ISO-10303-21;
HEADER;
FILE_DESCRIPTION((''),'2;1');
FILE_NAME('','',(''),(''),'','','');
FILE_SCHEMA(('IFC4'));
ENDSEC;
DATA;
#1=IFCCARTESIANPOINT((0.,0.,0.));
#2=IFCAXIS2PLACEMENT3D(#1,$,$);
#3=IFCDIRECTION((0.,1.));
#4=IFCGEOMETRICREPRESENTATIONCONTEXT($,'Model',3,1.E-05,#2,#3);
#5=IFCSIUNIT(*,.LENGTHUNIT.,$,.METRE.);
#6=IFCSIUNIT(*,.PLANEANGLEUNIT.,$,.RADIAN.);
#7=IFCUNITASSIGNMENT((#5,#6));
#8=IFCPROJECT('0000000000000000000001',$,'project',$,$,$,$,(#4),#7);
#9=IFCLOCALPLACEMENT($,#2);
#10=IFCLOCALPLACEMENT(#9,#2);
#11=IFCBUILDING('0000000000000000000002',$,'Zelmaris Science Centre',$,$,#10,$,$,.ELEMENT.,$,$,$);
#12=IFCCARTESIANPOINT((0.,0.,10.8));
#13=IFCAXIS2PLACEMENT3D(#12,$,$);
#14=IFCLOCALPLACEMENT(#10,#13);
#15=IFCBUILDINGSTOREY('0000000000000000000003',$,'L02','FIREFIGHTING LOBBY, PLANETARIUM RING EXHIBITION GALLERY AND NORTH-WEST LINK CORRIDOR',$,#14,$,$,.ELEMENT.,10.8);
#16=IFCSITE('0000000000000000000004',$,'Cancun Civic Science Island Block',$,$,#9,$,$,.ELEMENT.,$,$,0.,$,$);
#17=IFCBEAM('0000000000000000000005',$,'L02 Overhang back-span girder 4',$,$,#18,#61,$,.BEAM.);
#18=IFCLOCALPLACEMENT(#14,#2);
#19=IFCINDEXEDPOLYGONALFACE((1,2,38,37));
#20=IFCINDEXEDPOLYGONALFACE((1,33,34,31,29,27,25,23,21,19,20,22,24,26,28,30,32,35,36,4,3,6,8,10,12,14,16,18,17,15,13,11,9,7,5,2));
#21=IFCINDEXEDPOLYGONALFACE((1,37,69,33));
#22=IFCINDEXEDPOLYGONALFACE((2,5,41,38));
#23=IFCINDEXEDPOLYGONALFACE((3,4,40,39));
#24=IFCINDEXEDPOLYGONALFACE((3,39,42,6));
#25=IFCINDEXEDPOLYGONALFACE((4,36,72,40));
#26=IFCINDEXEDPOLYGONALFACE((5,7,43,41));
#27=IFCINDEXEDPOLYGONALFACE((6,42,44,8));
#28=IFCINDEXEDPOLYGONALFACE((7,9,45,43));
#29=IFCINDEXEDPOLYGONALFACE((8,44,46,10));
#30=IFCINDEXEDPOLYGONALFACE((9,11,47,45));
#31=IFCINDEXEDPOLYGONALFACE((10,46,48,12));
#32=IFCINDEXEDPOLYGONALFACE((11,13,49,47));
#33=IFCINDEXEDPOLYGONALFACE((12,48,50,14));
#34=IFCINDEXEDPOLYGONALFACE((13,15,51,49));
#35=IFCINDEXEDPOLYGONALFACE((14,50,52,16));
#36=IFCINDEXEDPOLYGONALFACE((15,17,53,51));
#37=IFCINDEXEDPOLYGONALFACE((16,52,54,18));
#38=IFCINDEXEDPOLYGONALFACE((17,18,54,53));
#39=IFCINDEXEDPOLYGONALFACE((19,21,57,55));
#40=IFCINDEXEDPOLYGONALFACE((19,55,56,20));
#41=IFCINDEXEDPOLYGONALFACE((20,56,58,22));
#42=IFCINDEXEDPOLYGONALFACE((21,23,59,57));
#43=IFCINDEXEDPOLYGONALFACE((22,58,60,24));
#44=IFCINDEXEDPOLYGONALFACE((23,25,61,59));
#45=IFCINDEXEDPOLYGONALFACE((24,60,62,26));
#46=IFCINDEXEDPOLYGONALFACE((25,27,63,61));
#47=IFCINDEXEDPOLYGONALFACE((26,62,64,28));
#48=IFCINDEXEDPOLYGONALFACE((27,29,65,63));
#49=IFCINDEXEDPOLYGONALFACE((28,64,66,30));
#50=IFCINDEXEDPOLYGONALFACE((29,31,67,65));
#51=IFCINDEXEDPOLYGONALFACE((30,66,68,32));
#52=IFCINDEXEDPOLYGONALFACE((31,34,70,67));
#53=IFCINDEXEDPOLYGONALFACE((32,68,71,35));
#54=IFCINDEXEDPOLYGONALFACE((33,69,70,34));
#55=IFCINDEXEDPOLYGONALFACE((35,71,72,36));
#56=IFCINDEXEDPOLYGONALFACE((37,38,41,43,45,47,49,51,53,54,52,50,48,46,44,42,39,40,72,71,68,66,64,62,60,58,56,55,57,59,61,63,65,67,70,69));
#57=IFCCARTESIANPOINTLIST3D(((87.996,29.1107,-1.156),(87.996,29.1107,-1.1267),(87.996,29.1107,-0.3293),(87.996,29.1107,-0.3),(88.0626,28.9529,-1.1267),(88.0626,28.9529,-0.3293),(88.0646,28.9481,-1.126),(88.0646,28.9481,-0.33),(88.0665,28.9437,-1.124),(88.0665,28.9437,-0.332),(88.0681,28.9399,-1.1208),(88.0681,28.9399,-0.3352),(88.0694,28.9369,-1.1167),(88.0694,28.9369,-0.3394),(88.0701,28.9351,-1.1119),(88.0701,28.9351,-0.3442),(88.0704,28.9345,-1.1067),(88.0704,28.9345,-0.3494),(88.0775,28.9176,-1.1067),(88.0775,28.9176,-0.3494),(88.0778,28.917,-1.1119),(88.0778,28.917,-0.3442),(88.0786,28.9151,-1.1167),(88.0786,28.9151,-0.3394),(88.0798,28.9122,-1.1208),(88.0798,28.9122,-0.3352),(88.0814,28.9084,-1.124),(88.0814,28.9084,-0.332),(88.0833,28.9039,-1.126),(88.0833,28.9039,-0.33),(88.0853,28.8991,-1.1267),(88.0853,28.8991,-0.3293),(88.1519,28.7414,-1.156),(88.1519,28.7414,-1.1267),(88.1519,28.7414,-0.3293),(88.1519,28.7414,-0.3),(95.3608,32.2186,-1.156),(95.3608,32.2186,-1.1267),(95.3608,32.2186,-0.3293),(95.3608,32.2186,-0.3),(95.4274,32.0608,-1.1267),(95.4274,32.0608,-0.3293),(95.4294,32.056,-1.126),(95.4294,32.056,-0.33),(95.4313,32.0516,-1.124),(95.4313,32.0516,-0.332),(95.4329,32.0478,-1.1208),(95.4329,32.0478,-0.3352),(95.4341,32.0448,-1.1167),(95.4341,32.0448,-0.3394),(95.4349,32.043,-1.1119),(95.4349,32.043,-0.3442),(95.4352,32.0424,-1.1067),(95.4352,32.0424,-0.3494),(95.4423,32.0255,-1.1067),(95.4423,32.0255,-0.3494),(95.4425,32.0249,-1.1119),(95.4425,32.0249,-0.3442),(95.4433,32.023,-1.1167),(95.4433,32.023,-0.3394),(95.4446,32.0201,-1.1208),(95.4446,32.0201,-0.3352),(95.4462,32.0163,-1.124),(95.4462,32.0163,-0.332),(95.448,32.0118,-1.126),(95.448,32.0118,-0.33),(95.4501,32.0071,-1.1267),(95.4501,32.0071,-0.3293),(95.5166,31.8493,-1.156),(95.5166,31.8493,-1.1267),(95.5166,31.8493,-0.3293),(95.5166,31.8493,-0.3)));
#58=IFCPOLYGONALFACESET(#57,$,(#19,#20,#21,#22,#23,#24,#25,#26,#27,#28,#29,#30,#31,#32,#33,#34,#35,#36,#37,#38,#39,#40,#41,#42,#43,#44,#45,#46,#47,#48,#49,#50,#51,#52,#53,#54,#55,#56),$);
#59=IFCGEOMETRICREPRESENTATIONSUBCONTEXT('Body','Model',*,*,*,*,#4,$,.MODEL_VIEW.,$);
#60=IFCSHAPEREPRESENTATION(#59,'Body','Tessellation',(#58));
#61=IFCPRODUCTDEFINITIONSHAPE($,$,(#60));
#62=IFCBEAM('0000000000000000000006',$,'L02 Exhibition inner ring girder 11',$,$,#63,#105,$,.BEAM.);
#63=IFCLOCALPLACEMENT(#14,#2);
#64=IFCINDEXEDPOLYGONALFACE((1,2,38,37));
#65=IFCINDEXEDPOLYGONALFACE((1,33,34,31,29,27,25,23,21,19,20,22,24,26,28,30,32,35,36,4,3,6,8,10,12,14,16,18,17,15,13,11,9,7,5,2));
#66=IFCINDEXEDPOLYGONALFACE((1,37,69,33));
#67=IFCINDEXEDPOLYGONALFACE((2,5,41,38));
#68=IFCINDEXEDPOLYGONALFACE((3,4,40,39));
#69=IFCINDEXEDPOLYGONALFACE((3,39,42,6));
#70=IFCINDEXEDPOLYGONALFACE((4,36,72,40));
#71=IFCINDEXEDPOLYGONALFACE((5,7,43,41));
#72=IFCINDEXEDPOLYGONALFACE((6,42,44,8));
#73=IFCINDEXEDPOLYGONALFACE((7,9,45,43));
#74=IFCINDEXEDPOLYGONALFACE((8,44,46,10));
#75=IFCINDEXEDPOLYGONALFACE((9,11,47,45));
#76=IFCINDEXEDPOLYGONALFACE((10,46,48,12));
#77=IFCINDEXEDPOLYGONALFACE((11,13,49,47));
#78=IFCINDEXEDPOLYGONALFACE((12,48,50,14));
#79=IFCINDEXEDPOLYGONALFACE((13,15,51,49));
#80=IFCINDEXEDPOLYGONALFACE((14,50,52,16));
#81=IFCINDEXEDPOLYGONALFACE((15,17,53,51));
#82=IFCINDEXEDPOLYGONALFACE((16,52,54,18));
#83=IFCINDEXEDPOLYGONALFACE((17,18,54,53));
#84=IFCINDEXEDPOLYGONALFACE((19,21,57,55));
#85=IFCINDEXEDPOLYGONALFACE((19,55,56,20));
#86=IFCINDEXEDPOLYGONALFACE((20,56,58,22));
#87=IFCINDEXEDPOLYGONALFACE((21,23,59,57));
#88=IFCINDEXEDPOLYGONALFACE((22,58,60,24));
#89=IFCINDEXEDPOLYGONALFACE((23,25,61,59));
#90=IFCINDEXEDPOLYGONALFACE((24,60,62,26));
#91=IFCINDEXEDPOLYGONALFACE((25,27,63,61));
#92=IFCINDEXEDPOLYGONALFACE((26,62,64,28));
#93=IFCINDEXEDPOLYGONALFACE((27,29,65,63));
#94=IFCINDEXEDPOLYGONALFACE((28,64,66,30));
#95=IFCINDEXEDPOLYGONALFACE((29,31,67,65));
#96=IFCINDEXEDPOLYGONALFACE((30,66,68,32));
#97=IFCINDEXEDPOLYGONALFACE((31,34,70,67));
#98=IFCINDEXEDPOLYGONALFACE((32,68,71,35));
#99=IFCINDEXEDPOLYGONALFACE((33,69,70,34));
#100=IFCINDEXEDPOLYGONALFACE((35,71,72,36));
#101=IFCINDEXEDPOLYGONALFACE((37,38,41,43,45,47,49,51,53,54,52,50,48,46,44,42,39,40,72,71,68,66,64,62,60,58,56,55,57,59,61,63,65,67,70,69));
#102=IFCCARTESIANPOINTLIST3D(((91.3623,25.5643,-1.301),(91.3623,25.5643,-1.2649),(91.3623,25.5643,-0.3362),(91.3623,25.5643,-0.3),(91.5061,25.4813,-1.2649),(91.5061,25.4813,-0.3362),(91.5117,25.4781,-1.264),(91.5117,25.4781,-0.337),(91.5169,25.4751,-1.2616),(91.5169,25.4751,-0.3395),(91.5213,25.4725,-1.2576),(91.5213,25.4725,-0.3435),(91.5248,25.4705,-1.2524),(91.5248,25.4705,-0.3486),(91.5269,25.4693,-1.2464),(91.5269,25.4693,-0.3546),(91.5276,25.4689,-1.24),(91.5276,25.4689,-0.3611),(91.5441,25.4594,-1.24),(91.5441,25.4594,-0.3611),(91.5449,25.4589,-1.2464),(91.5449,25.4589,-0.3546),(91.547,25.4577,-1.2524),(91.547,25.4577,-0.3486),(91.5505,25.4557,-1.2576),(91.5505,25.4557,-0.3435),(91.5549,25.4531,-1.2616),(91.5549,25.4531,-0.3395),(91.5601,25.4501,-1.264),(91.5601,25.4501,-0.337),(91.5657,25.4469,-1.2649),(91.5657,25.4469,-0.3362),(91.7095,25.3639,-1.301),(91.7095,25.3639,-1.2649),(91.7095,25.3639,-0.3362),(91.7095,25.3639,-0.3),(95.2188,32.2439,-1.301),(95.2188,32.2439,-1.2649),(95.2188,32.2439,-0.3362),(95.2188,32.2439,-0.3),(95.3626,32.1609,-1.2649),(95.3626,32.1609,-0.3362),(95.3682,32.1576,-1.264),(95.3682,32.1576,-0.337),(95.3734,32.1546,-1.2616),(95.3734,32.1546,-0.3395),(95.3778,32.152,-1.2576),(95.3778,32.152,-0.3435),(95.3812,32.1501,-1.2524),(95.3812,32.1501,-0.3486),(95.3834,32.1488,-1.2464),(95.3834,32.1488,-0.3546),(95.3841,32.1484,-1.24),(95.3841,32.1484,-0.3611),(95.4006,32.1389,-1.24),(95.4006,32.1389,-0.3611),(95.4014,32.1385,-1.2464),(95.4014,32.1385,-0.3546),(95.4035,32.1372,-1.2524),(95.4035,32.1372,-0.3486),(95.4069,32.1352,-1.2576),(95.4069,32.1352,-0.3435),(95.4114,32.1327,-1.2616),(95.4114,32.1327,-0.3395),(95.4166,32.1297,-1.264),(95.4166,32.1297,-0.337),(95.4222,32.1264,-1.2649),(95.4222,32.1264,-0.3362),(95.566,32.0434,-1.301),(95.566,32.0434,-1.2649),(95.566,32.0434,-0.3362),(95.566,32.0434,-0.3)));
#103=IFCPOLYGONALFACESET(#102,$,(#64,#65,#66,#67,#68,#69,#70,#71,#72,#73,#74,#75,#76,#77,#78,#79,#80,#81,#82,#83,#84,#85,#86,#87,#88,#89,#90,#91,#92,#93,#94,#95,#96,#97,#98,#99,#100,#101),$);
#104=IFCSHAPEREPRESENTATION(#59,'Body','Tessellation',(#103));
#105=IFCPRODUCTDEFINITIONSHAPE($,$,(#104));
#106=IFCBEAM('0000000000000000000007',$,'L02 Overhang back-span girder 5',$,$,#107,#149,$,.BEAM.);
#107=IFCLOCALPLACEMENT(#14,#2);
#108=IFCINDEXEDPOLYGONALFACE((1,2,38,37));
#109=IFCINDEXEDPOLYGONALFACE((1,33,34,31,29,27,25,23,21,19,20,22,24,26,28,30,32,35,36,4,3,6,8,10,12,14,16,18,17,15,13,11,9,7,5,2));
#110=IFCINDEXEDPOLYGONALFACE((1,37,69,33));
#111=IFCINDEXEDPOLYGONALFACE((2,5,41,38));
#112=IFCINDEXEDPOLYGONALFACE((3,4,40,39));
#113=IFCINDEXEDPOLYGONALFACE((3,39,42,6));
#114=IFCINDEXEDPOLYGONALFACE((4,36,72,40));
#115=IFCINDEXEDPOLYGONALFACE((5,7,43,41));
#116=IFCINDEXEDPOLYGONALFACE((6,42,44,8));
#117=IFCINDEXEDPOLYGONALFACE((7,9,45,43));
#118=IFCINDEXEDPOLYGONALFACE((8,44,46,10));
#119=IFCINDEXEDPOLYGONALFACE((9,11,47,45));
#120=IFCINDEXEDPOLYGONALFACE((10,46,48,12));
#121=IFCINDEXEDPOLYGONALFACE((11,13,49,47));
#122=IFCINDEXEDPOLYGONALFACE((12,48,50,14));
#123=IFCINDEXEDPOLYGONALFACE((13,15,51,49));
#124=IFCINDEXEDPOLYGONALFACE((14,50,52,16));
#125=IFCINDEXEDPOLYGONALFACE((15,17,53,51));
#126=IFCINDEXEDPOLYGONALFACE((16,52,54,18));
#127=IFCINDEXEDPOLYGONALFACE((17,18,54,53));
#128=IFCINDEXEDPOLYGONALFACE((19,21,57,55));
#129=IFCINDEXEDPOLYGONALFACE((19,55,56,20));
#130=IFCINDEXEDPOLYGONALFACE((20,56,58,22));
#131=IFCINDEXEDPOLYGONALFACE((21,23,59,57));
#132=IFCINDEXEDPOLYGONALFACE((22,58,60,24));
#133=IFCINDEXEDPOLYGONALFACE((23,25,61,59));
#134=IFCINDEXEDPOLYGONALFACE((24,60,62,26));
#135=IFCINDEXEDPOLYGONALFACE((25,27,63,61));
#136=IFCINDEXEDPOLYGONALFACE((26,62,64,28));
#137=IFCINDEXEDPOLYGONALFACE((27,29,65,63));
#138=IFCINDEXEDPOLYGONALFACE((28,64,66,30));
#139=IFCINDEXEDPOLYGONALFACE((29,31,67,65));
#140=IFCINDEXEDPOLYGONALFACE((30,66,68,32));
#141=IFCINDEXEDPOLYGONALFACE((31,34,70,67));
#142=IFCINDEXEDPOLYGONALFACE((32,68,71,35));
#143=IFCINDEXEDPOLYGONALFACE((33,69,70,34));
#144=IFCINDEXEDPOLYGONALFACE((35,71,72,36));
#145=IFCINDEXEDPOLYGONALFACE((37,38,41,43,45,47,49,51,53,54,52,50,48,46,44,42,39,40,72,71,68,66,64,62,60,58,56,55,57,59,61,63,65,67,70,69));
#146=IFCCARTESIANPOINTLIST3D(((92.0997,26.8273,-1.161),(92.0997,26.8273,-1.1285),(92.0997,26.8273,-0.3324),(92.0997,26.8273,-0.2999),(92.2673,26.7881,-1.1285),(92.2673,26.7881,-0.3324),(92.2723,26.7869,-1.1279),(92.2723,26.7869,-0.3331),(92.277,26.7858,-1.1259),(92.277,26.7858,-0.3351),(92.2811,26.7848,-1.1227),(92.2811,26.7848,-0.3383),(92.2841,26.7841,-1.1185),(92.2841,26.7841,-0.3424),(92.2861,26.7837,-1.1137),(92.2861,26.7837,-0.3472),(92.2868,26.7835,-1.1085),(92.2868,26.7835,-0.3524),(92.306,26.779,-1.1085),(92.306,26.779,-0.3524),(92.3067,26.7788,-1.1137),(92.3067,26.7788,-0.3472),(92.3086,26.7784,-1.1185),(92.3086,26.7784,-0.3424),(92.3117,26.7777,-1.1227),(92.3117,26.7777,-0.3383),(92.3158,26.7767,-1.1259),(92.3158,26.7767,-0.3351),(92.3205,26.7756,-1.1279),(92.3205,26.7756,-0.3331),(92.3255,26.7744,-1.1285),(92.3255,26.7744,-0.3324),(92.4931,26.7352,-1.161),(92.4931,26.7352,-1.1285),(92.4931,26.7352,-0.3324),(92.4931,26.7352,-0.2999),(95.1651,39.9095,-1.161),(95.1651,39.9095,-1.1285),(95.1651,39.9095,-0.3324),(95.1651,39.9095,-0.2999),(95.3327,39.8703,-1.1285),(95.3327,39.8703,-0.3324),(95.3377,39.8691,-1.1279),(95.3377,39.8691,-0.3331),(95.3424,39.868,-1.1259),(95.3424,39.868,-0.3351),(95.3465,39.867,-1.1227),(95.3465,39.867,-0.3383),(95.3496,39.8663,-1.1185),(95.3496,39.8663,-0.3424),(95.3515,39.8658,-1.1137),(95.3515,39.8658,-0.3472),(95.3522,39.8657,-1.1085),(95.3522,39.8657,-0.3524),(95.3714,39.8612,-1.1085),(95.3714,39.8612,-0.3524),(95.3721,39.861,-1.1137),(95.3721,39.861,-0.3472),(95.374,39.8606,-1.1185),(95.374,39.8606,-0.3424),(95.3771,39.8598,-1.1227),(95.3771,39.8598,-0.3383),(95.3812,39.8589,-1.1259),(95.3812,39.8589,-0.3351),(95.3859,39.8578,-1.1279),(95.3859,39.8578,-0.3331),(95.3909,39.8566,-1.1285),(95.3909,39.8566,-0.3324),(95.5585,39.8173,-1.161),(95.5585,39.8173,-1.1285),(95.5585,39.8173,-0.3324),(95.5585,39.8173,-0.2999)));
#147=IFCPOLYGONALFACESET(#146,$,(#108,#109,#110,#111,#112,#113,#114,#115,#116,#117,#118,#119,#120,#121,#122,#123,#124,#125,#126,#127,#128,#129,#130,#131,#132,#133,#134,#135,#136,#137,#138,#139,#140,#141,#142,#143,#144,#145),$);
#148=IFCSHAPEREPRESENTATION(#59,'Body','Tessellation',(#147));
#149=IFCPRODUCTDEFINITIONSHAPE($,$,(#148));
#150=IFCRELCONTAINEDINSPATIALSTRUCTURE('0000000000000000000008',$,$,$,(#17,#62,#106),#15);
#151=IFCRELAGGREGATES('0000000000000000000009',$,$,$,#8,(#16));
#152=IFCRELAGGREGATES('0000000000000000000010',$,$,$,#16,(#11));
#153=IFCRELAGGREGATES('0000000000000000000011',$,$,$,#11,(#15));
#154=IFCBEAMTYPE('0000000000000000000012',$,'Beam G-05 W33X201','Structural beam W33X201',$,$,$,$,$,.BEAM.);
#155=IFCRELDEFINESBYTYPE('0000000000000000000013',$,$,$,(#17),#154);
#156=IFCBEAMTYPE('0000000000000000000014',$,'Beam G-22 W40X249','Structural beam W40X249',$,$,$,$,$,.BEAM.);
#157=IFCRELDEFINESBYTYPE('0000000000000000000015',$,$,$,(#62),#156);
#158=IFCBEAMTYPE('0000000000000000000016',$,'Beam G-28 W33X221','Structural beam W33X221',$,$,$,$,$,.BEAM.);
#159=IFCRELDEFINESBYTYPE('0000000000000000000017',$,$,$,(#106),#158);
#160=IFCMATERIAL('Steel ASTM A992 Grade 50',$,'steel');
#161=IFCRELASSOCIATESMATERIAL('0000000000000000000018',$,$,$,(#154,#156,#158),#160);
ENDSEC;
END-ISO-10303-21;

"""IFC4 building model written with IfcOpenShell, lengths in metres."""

from ifc_helpers import new_model, si_unit, direction, frame, origin, origin_2d, place, context, subcontext, project, spatial, i_section, extrude, material, material_profile, profile_set, type_object, element, save


model = new_model("IFC4")

# Units and contexts
model_context = context("Model", 3, precision=1e-05, world=origin(), true_north=direction((0.0, 1.0)))
body_context = subcontext(model_context, "Body", "Model", "MODEL_VIEW")
ifc_project = project(units=[si_unit("LENGTHUNIT", "METRE"), si_unit("PLANEANGLEUNIT", "RADIAN")], contexts=[model_context])

# Site, building, storey
site_placement = place(None, origin())
site = spatial("IfcSite", under=ifc_project, at=site_placement, Name="Cancun Civic Science Island Block", CompositionType="ELEMENT", RefElevation=0.0)
building_placement = place(site_placement, origin())
building = spatial("IfcBuilding", under=site, at=building_placement, Name="Zelmaris Science Centre", CompositionType="ELEMENT")
storey_placement = place(building_placement, frame((0.0, 0.0, 10.8)))
storey = spatial("IfcBuildingStorey", under=building, at=storey_placement, Name="L02", Description="FIREFIGHTING LOBBY, PLANETARIUM RING EXHIBITION GALLERY AND NORTH-WEST LINK CORRIDOR", CompositionType="ELEMENT", Elevation=10.8)

# Shared definitions
ifc_material_1 = material(Name="Steel ASTM A992 Grade 50", Category="steel")

# Beams
ifc_material_profile_1 = material_profile(ifc_material_1, i_section(OverallWidth=0.4009, OverallDepth=0.856, WebThickness=0.0183, FlangeThickness=0.0293, FilletRadius=0.02, at=origin_2d()), Name="W33X201")
ifc_profile_set_1 = profile_set([ifc_material_profile_1], Name="Steel ASTM A992 Grade 50")
beam_type_1 = type_object("IfcBeamType", Name="Beam G-05 W33X201", Description="Structural beam W33X201", PredefinedType="BEAM", material=ifc_profile_set_1)
beam_1_placement = place(storey_placement, frame((88.074, 28.926, -0.728), z_axis=(0.921323, 0.388797, 0.0), x_axis=(-0.388797, 0.921323, 0.0)))
element("IfcBeam", 1, at=beam_1_placement, inside=storey, type_object=beam_type_1, Name="L02 Overhang back-span girder 4", PredefinedType="BEAM", context=body_context, shape_type="SweptSolid", body=[
    extrude(i_section(OverallWidth=0.4009, OverallDepth=0.856, WebThickness=0.0183, FlangeThickness=0.0293, FilletRadius=0.02, at=origin_2d()), origin(), (0.0, 0.0, 1.0), 7.9937),
])
ifc_material_profile_2 = material_profile(ifc_material_1, i_section(OverallWidth=0.4009, OverallDepth=1.001, WebThickness=0.019, FlangeThickness=0.0361, FilletRadius=0.0249, at=origin_2d()), Name="W40X249")
ifc_profile_set_2 = profile_set([ifc_material_profile_2], Name="Steel ASTM A992 Grade 50")
beam_type_2 = type_object("IfcBeamType", Name="Beam G-22 W40X249", Description="Structural beam W40X249", PredefinedType="BEAM", material=ifc_profile_set_2)
beam_2_placement = place(storey_placement, frame((91.5359, 25.4641, -0.8005), z_axis=(0.500007, 0.866022, 0.0), x_axis=(-0.866022, 0.500007, 0.0)))
element("IfcBeam", 2, at=beam_2_placement, inside=storey, type_object=beam_type_2, Name="L02 Exhibition inner ring girder 11", PredefinedType="BEAM", context=body_context, shape_type="SweptSolid", body=[
    extrude(i_section(OverallWidth=0.4009, OverallDepth=1.001, WebThickness=0.019, FlangeThickness=0.0361, FilletRadius=0.0249, at=origin_2d()), origin(), (0.0, 0.0, 1.0), 7.7129),
])
ifc_material_profile_3 = material_profile(ifc_material_1, i_section(OverallWidth=0.4041, OverallDepth=0.8611, WebThickness=0.0198, FlangeThickness=0.0325, FilletRadius=0.02, at=origin_2d()), Name="W33X221")
ifc_profile_set_3 = profile_set([ifc_material_profile_3], Name="Steel ASTM A992 Grade 50")
beam_type_3 = type_object("IfcBeamType", Name="Beam G-28 W33X221", Description="Structural beam W33X221", PredefinedType="BEAM", material=ifc_profile_set_3)
beam_3_placement = place(storey_placement, frame((92.2964, 26.7812, -0.7305), z_axis=(0.22814, 0.973628, 0.0), x_axis=(-0.973628, 0.22814, 0.0)))
element("IfcBeam", 3, at=beam_3_placement, inside=storey, type_object=beam_type_3, Name="L02 Overhang back-span girder 5", PredefinedType="BEAM", context=body_context, shape_type="SweptSolid", body=[
    extrude(i_section(OverallWidth=0.4041, OverallDepth=0.8611, WebThickness=0.0198, FlangeThickness=0.0325, FilletRadius=0.02, at=origin_2d()), origin(), (0.0, 0.0, 1.0), 13.4365),
])

save(model, "model.ifc")
